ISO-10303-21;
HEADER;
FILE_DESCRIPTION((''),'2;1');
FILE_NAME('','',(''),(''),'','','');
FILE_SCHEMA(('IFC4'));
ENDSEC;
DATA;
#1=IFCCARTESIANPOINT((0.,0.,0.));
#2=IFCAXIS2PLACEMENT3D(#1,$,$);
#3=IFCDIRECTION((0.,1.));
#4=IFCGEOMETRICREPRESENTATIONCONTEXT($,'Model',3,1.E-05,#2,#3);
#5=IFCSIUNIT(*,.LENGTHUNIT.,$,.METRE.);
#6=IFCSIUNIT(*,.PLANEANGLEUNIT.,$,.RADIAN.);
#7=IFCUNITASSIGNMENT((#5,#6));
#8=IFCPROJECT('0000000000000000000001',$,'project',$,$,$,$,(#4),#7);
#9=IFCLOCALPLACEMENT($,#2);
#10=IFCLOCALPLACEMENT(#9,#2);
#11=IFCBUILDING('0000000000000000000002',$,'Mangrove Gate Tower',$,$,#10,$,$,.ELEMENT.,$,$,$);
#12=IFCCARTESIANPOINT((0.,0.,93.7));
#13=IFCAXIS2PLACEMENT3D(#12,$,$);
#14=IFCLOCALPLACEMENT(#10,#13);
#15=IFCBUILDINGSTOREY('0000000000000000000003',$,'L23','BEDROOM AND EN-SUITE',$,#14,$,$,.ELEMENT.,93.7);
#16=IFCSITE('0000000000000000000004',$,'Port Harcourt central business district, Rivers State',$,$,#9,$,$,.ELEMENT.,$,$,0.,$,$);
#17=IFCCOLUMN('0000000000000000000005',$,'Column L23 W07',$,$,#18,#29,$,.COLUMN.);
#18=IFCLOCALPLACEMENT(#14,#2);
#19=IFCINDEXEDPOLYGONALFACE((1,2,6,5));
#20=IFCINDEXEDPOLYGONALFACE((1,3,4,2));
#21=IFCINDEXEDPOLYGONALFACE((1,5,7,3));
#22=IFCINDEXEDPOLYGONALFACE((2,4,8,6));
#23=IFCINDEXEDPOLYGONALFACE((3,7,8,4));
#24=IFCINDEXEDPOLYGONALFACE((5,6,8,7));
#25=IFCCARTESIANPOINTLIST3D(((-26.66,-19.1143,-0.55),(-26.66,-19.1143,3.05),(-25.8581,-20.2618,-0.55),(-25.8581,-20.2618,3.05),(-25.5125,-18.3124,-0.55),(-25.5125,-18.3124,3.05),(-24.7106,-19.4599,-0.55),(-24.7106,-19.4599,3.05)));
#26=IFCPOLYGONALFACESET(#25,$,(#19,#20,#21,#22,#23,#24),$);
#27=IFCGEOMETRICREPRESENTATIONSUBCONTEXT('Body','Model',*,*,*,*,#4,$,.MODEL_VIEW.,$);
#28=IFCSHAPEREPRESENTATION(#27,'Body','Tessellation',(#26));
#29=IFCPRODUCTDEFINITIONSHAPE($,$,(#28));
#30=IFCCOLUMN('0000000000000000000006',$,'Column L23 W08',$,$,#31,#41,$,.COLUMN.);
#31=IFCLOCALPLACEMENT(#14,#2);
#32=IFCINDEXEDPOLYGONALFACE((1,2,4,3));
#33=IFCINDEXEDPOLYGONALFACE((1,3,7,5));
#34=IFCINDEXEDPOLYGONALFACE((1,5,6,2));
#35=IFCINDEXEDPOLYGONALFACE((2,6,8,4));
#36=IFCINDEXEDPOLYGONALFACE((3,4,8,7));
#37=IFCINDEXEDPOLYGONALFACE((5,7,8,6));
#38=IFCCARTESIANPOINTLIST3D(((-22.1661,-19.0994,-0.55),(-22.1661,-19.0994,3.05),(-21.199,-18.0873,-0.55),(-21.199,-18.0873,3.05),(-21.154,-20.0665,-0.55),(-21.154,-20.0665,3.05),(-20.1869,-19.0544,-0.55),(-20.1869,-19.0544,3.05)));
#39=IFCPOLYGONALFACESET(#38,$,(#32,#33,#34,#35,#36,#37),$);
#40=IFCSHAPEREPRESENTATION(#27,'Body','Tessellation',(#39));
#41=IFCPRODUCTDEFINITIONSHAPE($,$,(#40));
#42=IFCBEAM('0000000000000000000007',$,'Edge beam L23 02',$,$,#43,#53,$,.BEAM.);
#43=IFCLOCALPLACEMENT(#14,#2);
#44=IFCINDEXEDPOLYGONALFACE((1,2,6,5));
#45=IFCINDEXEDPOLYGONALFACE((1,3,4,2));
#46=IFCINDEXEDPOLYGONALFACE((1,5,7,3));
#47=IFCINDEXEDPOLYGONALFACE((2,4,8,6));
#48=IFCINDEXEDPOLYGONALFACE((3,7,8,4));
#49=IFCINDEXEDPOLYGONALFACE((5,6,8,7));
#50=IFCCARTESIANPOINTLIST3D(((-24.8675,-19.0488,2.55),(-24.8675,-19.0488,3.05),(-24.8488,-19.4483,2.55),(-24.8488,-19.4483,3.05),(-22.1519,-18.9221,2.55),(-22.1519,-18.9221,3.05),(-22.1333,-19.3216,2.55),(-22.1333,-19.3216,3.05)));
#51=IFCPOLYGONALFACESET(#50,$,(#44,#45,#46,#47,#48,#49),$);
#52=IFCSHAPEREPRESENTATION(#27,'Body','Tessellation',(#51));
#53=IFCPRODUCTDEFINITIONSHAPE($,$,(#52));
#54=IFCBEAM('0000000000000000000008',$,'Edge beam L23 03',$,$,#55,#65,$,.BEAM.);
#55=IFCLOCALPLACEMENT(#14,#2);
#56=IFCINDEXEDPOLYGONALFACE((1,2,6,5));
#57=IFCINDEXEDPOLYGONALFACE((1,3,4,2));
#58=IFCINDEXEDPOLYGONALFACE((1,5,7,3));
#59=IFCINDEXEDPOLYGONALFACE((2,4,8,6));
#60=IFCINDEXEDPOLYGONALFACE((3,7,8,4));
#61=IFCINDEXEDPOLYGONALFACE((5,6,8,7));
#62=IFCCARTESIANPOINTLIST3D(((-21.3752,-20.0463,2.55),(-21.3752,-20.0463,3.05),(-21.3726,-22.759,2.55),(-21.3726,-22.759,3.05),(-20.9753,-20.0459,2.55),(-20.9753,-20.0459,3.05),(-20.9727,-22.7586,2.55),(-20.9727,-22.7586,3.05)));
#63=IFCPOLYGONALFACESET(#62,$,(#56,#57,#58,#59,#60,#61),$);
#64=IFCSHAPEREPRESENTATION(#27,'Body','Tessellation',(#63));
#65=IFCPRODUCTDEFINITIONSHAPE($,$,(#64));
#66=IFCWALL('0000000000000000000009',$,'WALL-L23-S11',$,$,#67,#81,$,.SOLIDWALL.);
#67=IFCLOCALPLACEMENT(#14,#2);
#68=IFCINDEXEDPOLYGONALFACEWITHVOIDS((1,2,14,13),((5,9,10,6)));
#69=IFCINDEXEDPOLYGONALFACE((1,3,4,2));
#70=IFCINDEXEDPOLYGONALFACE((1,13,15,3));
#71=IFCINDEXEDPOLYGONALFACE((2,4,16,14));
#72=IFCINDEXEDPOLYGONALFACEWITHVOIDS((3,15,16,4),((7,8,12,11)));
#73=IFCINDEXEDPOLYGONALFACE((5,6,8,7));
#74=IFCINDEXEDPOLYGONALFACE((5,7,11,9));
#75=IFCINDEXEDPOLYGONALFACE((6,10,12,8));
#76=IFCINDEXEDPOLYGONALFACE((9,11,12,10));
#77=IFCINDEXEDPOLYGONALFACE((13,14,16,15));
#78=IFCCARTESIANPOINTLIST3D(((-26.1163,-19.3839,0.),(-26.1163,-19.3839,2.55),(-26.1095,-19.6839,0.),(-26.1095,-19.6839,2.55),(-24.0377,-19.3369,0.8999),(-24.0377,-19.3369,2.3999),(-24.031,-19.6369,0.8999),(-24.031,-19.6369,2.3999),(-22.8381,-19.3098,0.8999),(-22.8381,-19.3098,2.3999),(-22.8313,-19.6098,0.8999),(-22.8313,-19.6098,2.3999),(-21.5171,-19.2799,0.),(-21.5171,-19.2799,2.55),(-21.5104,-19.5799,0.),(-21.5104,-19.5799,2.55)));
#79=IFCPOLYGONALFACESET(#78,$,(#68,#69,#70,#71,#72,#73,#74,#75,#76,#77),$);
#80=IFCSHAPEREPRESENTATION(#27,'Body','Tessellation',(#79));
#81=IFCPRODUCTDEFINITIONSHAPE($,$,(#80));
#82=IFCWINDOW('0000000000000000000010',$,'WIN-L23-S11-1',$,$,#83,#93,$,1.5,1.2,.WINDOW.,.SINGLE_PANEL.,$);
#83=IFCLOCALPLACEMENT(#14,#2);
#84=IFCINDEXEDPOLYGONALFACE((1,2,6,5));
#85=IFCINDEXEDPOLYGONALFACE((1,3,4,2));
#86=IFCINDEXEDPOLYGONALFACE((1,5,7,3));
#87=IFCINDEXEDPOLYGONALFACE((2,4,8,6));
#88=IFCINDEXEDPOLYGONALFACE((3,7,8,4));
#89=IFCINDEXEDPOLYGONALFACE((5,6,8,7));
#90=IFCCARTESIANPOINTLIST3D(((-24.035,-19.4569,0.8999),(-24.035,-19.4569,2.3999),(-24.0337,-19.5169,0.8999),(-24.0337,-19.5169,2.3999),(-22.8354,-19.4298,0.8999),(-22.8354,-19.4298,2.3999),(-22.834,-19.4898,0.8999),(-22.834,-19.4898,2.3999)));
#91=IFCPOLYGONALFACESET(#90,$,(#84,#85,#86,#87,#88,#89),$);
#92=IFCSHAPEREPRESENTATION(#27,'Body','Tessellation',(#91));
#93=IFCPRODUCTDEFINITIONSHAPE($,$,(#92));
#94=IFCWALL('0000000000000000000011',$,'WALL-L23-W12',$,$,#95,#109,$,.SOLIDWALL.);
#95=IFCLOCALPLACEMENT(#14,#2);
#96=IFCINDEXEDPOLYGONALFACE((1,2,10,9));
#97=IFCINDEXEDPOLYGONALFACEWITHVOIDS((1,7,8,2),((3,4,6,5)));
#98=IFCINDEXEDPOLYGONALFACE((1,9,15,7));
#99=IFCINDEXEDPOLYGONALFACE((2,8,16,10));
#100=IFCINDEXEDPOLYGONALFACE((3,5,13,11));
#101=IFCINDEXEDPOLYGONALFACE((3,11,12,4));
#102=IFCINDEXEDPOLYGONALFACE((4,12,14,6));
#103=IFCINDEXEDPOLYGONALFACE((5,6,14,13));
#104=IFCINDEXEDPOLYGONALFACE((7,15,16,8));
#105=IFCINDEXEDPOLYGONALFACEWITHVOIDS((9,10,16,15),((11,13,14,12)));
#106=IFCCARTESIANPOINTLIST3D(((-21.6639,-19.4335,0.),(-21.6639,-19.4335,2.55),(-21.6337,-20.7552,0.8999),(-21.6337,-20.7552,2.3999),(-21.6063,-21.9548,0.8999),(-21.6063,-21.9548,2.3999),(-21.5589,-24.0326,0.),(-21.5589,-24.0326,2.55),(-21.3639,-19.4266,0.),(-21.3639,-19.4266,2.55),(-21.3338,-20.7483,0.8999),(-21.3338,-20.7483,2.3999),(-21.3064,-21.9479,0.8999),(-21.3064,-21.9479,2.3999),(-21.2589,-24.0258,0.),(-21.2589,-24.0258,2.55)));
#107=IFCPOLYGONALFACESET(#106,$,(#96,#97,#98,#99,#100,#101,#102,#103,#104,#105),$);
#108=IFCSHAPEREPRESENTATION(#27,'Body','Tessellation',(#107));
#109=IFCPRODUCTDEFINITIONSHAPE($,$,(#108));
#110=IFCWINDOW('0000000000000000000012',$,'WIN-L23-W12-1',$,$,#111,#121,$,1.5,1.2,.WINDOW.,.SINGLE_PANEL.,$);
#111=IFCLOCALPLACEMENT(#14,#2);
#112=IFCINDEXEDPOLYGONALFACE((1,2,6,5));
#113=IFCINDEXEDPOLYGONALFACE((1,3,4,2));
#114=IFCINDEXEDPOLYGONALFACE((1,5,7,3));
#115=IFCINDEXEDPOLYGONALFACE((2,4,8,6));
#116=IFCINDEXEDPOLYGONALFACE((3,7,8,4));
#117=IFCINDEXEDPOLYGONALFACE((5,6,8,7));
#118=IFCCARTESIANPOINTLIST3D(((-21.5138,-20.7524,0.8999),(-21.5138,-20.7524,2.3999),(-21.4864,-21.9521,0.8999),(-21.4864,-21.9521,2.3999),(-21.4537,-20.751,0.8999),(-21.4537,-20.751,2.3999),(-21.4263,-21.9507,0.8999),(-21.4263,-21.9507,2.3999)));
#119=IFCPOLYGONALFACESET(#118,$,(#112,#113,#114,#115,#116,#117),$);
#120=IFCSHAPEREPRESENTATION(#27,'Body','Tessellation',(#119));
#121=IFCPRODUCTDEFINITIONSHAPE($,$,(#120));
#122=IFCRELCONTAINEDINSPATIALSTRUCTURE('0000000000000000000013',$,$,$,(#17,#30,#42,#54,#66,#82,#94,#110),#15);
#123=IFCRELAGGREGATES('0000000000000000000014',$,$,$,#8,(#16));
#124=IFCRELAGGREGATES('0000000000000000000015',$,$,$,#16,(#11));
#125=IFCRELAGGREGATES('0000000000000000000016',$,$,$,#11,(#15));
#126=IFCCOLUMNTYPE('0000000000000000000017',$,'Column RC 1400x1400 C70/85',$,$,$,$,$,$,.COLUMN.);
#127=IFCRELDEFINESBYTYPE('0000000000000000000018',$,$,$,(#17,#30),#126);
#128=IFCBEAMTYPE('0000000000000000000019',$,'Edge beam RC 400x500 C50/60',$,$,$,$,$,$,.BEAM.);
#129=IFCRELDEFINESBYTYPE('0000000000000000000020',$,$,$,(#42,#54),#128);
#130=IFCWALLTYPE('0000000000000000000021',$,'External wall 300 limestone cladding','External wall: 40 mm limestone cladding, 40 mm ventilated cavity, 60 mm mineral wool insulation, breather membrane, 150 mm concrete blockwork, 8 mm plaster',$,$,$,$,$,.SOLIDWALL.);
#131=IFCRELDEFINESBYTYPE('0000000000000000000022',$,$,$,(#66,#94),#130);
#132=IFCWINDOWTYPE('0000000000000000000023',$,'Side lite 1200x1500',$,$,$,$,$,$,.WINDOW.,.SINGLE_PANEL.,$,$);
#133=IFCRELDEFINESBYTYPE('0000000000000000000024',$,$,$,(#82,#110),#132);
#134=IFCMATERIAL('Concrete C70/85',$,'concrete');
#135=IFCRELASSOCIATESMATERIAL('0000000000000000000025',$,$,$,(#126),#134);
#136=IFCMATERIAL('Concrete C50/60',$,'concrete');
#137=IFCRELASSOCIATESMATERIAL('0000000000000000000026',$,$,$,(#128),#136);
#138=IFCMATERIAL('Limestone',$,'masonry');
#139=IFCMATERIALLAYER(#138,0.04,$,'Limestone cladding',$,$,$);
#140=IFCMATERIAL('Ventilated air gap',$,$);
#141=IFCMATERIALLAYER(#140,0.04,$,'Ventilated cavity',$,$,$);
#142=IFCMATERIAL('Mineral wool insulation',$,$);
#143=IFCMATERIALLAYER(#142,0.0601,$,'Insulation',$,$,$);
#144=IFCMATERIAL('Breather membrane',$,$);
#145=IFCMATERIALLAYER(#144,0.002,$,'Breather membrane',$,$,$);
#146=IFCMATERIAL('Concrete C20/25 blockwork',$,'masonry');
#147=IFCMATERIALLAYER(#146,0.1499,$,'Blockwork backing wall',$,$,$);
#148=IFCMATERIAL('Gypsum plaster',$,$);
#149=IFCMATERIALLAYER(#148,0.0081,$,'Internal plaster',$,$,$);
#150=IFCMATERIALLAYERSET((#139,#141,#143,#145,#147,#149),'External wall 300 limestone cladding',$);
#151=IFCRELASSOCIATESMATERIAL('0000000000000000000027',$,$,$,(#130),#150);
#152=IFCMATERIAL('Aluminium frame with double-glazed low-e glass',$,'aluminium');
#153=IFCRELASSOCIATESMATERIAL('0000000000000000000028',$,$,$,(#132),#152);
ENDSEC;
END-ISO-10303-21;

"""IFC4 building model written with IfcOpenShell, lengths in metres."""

from ifc_helpers import new_model, si_unit, direction, frame, frame_2d, origin, origin_2d, place, context, subcontext, project, spatial, rectangle, extrude, material, layer, layer_set, material_profile, profile_set, type_object, element, fill, save


model = new_model("IFC4")

# Units and contexts
model_context = context("Model", 3, precision=1e-05, world=origin(), true_north=direction((0.0, 1.0)))
body_context = subcontext(model_context, "Body", "Model", "MODEL_VIEW")
ifc_project = project(units=[si_unit("LENGTHUNIT", "METRE"), si_unit("PLANEANGLEUNIT", "RADIAN")], contexts=[model_context])

# Site, building, storey
site_placement = place(None, origin())
site = spatial("IfcSite", under=ifc_project, at=site_placement, Name="Port Harcourt central business district, Rivers State", CompositionType="ELEMENT", RefElevation=0.0)
building_placement = place(site_placement, origin())
building = spatial("IfcBuilding", under=site, at=building_placement, Name="Mangrove Gate Tower", CompositionType="ELEMENT")
storey_placement = place(building_placement, frame((0.0, 0.0, 93.7)))
storey = spatial("IfcBuildingStorey", under=building, at=storey_placement, Name="L23", Description="BEDROOM AND EN-SUITE", CompositionType="ELEMENT", Elevation=93.7)

# Columns
ifc_material_1 = material(Name="Concrete C70/85", Category="concrete")
ifc_material_profile_1 = material_profile(ifc_material_1, rectangle(XDim=1.3999, YDim=1.3999, at=origin_2d()))
ifc_profile_set_1 = profile_set([ifc_material_profile_1], Name="Concrete C70/85")
column_type = type_object("IfcColumnType", Name="Column RC 1400x1400 C70/85", PredefinedType="COLUMN", material=ifc_profile_set_1)
for number, where, z_axis, x_axis, name in (
    (1, (-25.6853, -19.2871, -0.55), (0.0, 0.0, 1.0), (0.572799, -0.819696, 0.0), "Column L23 W07"),
    (2, (-21.1765, -19.0769, -0.55), (0.0, 0.0, 1.0), (0.722989, -0.69086, 0.0), "Column L23 W08"),
):
    element("IfcColumn", number, at=place(storey_placement, frame(where, z_axis=z_axis, x_axis=x_axis)), inside=storey, type_object=column_type, Name=name, PredefinedType="COLUMN", context=body_context, shape_type="SweptSolid", body=[
        extrude(rectangle(XDim=1.3999, YDim=1.3999, at=origin_2d()), origin(), (0.0, 0.0, 1.0), 3.6001),
    ])

# Beams
ifc_material_2 = material(Name="Concrete C50/60", Category="concrete")
ifc_material_profile_2 = material_profile(ifc_material_2, rectangle(XDim=0.3999, YDim=0.5, at=origin_2d()))
ifc_profile_set_2 = profile_set([ifc_material_profile_2], Name="Concrete C50/60")
beam_type = type_object("IfcBeamType", Name="Edge beam RC 400x500 C50/60", PredefinedType="BEAM", material=ifc_profile_set_2)
beam_1_placement = place(storey_placement, frame((-24.8582, -19.2485, 2.8), z_axis=(0.998913, 0.046609, 0.0), x_axis=(-0.046609, 0.998913, 0.0)))
element("IfcBeam", 3, at=beam_1_placement, inside=storey, type_object=beam_type, Name="Edge beam L23 02", PredefinedType="BEAM", context=body_context, shape_type="SweptSolid", body=[
    extrude(rectangle(XDim=0.3999, YDim=0.5, at=origin_2d()), origin(), (0.0, 0.0, 1.0), 2.7185),
])
beam_2_placement = place(storey_placement, frame((-21.1753, -20.0461, 2.8), z_axis=(0.00099, -1.0, 0.0), x_axis=(1.0, 0.00099, 0.0)))
element("IfcBeam", 4, at=beam_2_placement, inside=storey, type_object=beam_type, Name="Edge beam L23 03", PredefinedType="BEAM", context=body_context, shape_type="SweptSolid", body=[
    extrude(rectangle(XDim=0.3999, YDim=0.5, at=origin_2d()), origin(), (0.0, 0.0, 1.0), 2.7126),
])

# Walls, openings, windows
ifc_material_3 = material(Name="Limestone", Category="masonry")
ifc_layer_1 = layer(ifc_material_3, 0.04, Name="Limestone cladding")
ifc_material_4 = material(Name="Ventilated air gap")
ifc_layer_2 = layer(ifc_material_4, 0.04, Name="Ventilated cavity")
ifc_material_5 = material(Name="Mineral wool insulation")
ifc_layer_3 = layer(ifc_material_5, 0.0601, Name="Insulation")
ifc_material_6 = material(Name="Breather membrane")
ifc_layer_4 = layer(ifc_material_6, 0.002, Name="Breather membrane")
ifc_material_7 = material(Name="Concrete C20/25 blockwork", Category="masonry")
ifc_layer_5 = layer(ifc_material_7, 0.1499, Name="Blockwork backing wall")
ifc_material_8 = material(Name="Gypsum plaster")
ifc_layer_6 = layer(ifc_material_8, 0.0081, Name="Internal plaster")
ifc_layer_set = layer_set([ifc_layer_1, ifc_layer_2, ifc_layer_3, ifc_layer_4, ifc_layer_5, ifc_layer_6], Name="External wall 300 limestone cladding")
wall_type = type_object("IfcWallType", Name="External wall 300 limestone cladding", Description="External wall: 40 mm limestone cladding, 40 mm ventilated cavity, 60 mm mineral wool insulation, breather membrane, 150 mm concrete blockwork, 8 mm plaster", PredefinedType="SOLIDWALL", material=ifc_layer_set)
wall_1_placement = place(storey_placement, frame((-26.113, -19.5339, 0.0), z_axis=(0.0, 0.0, 1.0), x_axis=(0.999744, 0.022608, 0.0)))
wall_1 = element("IfcWall", 5, at=wall_1_placement, inside=storey, type_object=wall_type, Name="WALL-L23-S11", PredefinedType="SOLIDWALL", context=body_context, shape_type="SweptSolid", body=[
    extrude(rectangle(XDim=4.6003, YDim=0.3, at=frame_2d((2.3003, 0.0))), origin(), (0.0, 0.0, 1.0), 2.55),
])
opening_1_placement = place(wall_1_placement, frame((2.0791, 0.0, 0.8999)))
opening_1 = element("IfcOpeningElement", 6, at=opening_1_placement, cuts=wall_1, PredefinedType="OPENING", context=body_context, shape_type="SweptSolid", body=[
    extrude(rectangle(XDim=1.2, YDim=1.5, at=frame_2d((0.6001, 0.75))), frame((0.0, 0.1599, 0.0), z_axis=(0.0, -1.0, 0.0), x_axis=(1.0, 0.0, 0.0)), (0.0, 0.0, 1.0), 0.3201),
])
ifc_material_9 = material(Name="Aluminium frame with double-glazed low-e glass", Category="aluminium")
window_type_1 = type_object("IfcWindowType", Name="Side lite 1200x1500", PartitioningType="SINGLE_PANEL", PredefinedType="WINDOW", material=ifc_material_9)
window_1_placement = place(opening_1_placement, origin())
window_1 = element("IfcWindow", 7, at=window_1_placement, inside=storey, type_object=window_type_1, Name="WIN-L23-S11-1", OverallHeight=1.5, OverallWidth=1.2, PartitioningType="SINGLE_PANEL", PredefinedType="WINDOW", context=body_context, shape_type="SweptSolid", body=[
    extrude(rectangle(XDim=1.2, YDim=1.5, at=frame_2d((0.6001, 0.75))), frame((0.0, 0.03, 0.0), z_axis=(0.0, -1.0, 0.0), x_axis=(1.0, 0.0, 0.0)), (0.0, 0.0, 1.0), 0.0601),
])
fill(opening_1, window_1)
wall_2_placement = place(storey_placement, frame((-21.5139, -19.4299, 0.0), z_axis=(0.0, 0.0, 1.0), x_axis=(0.02282, -0.99974, 0.0)))
wall_2 = element("IfcWall", 8, at=wall_2_placement, inside=storey, type_object=wall_type, Name="WALL-L23-W12", PredefinedType="SOLIDWALL", context=body_context, shape_type="SweptSolid", body=[
    extrude(rectangle(XDim=4.6003, YDim=0.3, at=frame_2d((2.3003, 0.0))), origin(), (0.0, 0.0, 1.0), 2.55),
])
opening_2_placement = place(wall_2_placement, frame((1.322, 0.0, 0.8999)))
opening_2 = element("IfcOpeningElement", 9, at=opening_2_placement, cuts=wall_2, PredefinedType="OPENING", context=body_context, shape_type="SweptSolid", body=[
    extrude(rectangle(XDim=1.2, YDim=1.5, at=frame_2d((0.6001, 0.75))), frame((0.0, 0.1599, 0.0), z_axis=(0.0, -1.0, 0.0), x_axis=(1.0, 0.0, 0.0)), (0.0, 0.0, 1.0), 0.3201),
])
window_2_placement = place(opening_2_placement, origin())
window_2 = element("IfcWindow", 10, at=window_2_placement, inside=storey, type_object=window_type_1, Name="WIN-L23-W12-1", OverallHeight=1.5, OverallWidth=1.2, PartitioningType="SINGLE_PANEL", PredefinedType="WINDOW", context=body_context, shape_type="SweptSolid", body=[
    extrude(rectangle(XDim=1.2, YDim=1.5, at=frame_2d((0.6001, 0.75))), frame((0.0, 0.03, 0.0), z_axis=(0.0, -1.0, 0.0), x_axis=(1.0, 0.0, 0.0)), (0.0, 0.0, 1.0), 0.0601),
])
fill(opening_2, window_2)

save(model, "model.ifc")
